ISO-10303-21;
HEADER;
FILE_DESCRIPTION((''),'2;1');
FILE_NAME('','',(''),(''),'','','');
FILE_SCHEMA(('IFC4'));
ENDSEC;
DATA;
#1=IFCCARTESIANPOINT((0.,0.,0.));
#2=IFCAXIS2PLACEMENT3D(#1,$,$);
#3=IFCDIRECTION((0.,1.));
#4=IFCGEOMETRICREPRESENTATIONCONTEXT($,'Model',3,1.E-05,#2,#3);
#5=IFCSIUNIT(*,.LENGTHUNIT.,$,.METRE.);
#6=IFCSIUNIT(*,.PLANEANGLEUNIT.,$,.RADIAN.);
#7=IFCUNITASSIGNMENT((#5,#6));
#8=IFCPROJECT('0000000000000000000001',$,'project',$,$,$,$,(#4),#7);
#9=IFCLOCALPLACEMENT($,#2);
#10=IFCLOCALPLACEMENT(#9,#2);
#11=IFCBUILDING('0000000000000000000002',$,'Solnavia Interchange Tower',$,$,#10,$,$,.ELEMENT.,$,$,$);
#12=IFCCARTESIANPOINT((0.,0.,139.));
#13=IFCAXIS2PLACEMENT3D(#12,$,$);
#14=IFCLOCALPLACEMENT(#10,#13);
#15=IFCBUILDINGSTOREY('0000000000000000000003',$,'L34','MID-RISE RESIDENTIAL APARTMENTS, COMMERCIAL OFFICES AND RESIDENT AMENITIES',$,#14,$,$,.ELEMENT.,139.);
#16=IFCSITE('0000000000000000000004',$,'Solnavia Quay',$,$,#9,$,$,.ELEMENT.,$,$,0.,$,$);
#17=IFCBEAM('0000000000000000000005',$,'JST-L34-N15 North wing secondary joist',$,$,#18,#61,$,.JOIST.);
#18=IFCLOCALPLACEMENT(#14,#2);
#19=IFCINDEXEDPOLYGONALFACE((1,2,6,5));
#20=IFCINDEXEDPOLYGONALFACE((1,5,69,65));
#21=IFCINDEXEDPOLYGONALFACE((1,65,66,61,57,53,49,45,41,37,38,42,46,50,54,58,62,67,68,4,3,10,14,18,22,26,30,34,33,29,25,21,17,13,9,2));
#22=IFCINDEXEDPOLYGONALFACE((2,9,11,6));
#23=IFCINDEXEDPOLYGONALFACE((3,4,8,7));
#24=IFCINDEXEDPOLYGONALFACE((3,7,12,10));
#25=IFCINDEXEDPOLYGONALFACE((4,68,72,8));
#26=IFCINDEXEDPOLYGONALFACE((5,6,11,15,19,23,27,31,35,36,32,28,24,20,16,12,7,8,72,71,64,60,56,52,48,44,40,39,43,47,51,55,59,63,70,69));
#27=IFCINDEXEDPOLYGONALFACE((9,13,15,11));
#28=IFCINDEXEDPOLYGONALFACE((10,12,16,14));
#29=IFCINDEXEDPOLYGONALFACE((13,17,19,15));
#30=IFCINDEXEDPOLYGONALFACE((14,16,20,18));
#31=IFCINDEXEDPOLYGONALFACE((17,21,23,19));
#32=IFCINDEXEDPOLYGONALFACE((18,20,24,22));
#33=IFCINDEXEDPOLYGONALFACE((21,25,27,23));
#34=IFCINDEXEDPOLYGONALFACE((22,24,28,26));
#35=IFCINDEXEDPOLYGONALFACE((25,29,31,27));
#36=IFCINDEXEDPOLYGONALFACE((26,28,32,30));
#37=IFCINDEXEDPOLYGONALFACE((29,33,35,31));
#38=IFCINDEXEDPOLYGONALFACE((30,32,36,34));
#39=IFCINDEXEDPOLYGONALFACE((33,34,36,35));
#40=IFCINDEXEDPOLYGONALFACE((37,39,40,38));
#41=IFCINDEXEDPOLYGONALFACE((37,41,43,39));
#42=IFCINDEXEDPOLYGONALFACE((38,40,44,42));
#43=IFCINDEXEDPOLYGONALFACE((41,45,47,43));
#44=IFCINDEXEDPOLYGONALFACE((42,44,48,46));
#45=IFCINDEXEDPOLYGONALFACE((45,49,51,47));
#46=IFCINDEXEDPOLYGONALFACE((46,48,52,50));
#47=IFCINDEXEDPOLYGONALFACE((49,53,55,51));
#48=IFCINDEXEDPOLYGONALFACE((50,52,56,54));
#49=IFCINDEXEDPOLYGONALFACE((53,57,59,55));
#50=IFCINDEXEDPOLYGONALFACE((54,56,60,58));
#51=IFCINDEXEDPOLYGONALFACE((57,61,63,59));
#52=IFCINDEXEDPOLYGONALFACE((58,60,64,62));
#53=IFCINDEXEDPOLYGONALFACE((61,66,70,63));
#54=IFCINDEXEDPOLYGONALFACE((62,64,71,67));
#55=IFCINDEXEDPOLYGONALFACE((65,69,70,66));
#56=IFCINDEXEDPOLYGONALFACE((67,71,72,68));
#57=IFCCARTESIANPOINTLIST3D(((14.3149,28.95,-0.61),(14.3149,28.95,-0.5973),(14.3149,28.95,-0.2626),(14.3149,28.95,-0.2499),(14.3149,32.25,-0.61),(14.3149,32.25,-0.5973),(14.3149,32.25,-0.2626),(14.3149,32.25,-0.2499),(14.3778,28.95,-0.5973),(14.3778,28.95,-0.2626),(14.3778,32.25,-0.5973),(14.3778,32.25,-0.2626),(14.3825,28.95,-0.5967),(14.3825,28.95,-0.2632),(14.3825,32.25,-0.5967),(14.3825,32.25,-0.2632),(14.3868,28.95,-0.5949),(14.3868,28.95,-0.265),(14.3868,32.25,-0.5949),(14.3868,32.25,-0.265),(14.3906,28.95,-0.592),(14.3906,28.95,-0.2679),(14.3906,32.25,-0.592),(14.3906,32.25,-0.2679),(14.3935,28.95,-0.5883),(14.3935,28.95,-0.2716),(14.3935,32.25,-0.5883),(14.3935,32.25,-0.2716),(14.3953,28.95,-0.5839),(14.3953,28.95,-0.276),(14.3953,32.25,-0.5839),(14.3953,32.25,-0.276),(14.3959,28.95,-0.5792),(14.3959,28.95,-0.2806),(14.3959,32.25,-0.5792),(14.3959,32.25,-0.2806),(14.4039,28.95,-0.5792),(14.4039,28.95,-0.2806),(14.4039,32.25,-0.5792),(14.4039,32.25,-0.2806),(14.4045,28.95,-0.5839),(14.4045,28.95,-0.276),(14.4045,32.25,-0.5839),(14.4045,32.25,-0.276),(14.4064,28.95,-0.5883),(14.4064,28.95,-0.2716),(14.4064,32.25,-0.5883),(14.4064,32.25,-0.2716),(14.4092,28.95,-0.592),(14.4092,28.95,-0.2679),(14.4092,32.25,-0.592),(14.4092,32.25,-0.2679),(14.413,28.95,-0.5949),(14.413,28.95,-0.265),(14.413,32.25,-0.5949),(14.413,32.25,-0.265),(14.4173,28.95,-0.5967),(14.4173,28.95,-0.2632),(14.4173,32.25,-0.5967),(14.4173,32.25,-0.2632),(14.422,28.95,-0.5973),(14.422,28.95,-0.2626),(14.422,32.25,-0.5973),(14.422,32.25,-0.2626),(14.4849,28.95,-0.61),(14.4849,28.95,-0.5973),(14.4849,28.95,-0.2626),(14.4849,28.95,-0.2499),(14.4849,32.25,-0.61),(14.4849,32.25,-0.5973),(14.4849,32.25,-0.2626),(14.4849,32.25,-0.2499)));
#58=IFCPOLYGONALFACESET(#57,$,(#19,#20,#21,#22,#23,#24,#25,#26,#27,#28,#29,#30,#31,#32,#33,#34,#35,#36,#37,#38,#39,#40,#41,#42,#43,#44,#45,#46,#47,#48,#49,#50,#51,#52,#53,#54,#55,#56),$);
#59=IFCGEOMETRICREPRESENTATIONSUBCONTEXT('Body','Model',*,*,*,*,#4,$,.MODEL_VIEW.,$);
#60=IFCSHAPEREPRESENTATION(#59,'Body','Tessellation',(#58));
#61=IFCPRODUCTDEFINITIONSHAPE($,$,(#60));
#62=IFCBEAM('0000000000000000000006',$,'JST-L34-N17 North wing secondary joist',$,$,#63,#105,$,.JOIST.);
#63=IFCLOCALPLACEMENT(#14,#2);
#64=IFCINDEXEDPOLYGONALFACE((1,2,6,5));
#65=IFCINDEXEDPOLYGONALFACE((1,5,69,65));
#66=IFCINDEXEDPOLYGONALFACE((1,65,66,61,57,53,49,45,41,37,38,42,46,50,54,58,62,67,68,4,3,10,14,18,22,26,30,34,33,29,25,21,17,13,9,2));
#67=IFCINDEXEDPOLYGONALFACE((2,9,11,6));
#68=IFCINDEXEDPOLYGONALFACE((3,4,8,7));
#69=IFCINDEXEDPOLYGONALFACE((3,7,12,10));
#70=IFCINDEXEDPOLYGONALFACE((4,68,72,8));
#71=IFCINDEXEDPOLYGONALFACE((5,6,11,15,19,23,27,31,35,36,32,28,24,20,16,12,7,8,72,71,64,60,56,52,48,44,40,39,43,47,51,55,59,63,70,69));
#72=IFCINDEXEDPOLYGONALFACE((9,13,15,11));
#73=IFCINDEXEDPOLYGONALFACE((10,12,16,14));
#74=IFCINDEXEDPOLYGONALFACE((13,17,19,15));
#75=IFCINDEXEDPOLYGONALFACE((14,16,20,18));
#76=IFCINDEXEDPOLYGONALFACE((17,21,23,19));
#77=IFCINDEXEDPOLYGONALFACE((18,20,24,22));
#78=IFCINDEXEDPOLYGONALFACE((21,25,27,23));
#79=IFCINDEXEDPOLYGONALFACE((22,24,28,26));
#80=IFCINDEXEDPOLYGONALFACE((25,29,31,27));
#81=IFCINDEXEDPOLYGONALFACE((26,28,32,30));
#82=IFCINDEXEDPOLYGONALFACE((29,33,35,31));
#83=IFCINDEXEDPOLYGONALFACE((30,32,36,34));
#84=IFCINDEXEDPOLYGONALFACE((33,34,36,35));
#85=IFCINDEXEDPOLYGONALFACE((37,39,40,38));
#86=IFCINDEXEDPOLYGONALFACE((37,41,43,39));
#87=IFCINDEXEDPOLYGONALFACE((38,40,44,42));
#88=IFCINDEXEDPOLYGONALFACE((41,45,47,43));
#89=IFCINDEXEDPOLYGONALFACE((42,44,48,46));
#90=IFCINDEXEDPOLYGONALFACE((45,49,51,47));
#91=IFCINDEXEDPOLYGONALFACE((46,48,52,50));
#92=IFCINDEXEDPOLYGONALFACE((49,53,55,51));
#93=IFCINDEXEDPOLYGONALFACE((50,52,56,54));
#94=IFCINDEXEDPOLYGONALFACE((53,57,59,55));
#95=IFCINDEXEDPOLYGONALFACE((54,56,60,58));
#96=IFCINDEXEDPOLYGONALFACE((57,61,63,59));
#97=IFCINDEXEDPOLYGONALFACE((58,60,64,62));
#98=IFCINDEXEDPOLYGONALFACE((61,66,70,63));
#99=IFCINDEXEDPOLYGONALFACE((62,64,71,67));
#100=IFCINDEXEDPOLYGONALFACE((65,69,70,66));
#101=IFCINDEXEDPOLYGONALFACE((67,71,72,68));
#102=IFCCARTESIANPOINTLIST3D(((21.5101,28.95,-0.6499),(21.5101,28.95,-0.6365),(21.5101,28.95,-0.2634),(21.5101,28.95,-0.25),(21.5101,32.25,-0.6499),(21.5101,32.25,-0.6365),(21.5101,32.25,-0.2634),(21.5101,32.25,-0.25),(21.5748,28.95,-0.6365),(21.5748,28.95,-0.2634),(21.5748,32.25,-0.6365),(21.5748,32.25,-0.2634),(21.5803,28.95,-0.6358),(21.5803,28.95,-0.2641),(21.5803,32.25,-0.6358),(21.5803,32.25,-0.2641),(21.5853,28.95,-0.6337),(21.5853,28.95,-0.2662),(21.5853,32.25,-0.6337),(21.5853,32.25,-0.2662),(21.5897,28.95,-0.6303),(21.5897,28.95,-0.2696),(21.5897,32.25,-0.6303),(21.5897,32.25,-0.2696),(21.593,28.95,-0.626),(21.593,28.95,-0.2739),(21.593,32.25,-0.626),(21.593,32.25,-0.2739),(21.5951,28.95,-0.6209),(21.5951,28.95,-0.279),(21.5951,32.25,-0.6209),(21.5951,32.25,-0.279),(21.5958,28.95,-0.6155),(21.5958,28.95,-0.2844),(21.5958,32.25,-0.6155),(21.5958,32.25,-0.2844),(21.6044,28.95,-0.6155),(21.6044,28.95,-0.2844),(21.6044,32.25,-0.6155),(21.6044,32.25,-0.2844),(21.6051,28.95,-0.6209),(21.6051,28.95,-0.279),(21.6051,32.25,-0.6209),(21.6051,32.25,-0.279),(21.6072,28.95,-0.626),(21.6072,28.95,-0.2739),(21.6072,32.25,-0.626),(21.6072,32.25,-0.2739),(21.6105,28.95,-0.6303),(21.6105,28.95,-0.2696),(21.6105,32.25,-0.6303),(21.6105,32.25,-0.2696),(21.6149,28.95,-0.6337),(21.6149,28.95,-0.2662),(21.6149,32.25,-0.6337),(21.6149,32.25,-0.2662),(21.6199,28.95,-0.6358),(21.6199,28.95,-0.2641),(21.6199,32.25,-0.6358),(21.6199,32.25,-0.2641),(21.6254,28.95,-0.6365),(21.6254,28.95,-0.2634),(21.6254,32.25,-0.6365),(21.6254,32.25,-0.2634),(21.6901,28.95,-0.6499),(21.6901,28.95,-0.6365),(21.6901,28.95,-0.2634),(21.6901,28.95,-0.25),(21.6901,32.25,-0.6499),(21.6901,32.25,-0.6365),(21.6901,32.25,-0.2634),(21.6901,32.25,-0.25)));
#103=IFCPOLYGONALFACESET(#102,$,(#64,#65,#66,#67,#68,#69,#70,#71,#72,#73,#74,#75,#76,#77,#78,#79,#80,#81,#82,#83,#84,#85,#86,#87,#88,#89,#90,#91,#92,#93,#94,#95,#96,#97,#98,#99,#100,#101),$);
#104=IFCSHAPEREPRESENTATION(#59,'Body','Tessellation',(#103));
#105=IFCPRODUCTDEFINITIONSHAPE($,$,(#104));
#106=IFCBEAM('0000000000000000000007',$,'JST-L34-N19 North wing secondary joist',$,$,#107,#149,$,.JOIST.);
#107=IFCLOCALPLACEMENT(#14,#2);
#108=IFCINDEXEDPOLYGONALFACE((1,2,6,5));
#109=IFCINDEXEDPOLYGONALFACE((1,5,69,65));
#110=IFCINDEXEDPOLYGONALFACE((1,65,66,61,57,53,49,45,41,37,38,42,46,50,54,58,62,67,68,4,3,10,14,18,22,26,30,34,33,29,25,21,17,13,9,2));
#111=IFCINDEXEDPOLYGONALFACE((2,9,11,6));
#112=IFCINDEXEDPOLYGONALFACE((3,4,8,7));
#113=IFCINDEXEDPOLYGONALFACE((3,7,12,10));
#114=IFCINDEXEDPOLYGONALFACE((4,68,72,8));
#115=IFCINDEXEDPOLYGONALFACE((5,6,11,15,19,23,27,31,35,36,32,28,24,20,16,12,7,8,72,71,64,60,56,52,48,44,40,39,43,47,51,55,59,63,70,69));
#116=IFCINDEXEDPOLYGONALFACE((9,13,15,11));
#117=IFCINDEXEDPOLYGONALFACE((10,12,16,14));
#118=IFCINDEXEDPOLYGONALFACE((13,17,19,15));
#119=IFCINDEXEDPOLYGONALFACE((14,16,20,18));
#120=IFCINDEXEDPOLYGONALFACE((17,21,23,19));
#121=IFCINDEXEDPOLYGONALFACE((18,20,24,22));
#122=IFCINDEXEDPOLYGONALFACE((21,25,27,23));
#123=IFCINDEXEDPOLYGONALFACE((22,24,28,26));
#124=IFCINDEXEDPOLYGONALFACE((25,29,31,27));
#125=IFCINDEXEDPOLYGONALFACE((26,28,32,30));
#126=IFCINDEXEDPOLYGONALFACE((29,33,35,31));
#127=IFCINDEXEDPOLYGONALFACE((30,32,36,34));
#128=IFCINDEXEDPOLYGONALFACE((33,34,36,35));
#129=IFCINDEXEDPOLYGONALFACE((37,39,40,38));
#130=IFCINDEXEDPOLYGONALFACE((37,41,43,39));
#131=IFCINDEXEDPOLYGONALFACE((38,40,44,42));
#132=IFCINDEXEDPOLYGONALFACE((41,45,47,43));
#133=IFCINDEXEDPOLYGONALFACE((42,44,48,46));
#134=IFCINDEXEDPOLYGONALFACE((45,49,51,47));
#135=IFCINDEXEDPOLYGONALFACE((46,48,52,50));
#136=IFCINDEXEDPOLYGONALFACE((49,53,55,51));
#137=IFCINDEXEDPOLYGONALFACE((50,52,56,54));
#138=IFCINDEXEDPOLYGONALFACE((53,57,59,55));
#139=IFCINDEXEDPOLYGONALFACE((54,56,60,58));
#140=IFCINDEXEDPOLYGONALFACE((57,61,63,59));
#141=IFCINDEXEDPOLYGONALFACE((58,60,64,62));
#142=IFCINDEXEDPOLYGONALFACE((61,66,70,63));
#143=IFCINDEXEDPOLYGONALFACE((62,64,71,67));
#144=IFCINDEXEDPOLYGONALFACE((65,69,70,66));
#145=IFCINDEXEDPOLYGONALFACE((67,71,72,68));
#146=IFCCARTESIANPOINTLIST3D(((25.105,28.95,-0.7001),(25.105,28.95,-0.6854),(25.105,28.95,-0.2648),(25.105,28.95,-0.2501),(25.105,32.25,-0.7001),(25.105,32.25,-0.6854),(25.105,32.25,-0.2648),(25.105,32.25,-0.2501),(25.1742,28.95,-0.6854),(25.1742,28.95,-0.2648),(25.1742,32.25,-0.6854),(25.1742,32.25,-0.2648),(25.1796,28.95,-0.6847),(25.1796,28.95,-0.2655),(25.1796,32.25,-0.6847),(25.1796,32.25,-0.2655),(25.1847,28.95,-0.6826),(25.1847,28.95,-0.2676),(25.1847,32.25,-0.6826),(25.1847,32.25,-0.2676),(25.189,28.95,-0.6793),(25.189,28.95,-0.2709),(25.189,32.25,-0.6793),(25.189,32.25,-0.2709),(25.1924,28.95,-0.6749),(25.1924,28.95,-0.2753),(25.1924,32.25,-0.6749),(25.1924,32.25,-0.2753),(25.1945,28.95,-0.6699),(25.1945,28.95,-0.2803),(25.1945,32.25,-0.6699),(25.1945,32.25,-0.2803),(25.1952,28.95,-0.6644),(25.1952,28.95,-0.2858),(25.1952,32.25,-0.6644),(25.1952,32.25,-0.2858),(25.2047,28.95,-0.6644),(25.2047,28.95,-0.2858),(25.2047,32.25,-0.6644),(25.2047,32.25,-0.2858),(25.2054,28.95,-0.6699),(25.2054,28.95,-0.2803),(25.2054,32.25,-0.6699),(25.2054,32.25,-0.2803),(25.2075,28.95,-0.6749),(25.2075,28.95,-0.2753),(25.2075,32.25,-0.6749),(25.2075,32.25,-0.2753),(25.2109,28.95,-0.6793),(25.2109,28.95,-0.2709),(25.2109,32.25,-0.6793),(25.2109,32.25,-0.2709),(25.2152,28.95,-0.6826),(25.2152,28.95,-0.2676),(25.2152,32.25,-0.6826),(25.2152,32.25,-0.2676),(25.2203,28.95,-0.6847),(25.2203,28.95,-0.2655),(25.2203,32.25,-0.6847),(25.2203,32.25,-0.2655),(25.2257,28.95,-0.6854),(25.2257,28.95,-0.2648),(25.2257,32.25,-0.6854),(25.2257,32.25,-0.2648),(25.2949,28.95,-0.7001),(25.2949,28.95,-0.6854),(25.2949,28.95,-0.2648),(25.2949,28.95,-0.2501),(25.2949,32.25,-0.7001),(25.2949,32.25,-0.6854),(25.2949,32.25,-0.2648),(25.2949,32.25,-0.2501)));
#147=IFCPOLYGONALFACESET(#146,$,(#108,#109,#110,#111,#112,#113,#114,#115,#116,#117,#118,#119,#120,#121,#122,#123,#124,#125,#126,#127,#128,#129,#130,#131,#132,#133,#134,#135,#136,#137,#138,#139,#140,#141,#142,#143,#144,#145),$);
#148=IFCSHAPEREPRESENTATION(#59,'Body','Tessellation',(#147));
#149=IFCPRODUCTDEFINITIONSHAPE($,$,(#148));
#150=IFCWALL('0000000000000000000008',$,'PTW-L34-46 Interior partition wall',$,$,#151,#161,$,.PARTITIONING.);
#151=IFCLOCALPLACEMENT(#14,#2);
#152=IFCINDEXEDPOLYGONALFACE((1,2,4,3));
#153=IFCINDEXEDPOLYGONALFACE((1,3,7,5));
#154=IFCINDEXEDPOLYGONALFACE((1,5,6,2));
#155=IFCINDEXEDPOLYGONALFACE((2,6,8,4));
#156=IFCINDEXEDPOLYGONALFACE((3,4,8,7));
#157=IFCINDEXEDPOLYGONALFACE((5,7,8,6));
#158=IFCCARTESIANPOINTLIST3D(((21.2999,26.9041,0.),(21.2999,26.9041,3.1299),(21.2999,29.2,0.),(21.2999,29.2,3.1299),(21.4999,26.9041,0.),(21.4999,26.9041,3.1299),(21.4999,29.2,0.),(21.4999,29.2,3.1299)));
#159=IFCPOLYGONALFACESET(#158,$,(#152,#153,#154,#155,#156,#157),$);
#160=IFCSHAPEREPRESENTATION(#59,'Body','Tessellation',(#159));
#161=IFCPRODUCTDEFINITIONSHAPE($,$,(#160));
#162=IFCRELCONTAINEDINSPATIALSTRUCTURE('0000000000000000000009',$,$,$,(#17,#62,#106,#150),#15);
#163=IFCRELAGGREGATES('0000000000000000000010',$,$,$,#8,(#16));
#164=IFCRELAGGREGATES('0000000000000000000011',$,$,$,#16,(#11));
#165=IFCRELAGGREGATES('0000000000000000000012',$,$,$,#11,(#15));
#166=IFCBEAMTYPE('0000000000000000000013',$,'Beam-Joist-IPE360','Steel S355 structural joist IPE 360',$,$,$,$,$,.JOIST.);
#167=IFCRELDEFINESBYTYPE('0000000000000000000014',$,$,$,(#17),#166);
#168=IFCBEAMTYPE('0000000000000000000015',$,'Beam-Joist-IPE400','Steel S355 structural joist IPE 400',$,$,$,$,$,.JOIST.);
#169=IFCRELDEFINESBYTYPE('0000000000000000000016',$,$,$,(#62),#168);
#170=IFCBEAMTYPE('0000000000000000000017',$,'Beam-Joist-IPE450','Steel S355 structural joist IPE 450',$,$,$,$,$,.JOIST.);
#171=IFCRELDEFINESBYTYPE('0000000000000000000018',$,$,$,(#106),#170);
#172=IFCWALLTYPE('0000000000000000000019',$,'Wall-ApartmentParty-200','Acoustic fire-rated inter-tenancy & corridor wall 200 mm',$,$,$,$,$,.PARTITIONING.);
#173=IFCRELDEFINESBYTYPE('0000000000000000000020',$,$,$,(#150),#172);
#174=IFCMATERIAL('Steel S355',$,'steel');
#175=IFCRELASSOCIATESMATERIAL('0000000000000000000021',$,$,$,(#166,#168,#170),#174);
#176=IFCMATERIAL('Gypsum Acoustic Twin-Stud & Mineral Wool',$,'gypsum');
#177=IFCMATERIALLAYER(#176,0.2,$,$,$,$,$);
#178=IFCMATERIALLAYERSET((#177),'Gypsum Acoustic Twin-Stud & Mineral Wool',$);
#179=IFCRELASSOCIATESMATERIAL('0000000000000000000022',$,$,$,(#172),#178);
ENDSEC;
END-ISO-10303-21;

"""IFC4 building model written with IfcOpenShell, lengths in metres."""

from ifc_helpers import new_model, si_unit, direction, frame, frame_2d, origin, origin_2d, place, context, subcontext, project, spatial, rectangle, i_section, extrude, material, layer, layer_set, material_profile, profile_set, type_object, element, save


model = new_model("IFC4")

# Units and contexts
model_context = context("Model", 3, precision=1e-05, world=origin(), true_north=direction((0.0, 1.0)))
body_context = subcontext(model_context, "Body", "Model", "MODEL_VIEW")
ifc_project = project(units=[si_unit("LENGTHUNIT", "METRE"), si_unit("PLANEANGLEUNIT", "RADIAN")], contexts=[model_context])

# Site, building, storey
site_placement = place(None, origin())
site = spatial("IfcSite", under=ifc_project, at=site_placement, Name="Solnavia Quay", CompositionType="ELEMENT", RefElevation=0.0)
building_placement = place(site_placement, origin())
building = spatial("IfcBuilding", under=site, at=building_placement, Name="Solnavia Interchange Tower", CompositionType="ELEMENT")
storey_placement = place(building_placement, frame((0.0, 0.0, 139.0)))
storey = spatial("IfcBuildingStorey", under=building, at=storey_placement, Name="L34", Description="MID-RISE RESIDENTIAL APARTMENTS, COMMERCIAL OFFICES AND RESIDENT AMENITIES", CompositionType="ELEMENT", Elevation=139.0)

# Shared definitions
ifc_material_1 = material(Name="Steel S355", Category="steel")

# Beams
ifc_material_profile_1 = material_profile(ifc_material_1, i_section(OverallWidth=0.1699, OverallDepth=0.3601, WebThickness=0.0081, FlangeThickness=0.0127, FilletRadius=0.0181, at=origin_2d()), Name="IPE 360")
ifc_profile_set_1 = profile_set([ifc_material_profile_1], Name="Steel S355")
beam_type_1 = type_object("IfcBeamType", Name="Beam-Joist-IPE360", Description="Steel S355 structural joist IPE 360", PredefinedType="JOIST", material=ifc_profile_set_1)
beam_1_placement = place(storey_placement, frame((14.3999, 28.95, -0.4299), z_axis=(0.0, 1.0, 0.0), x_axis=(-1.0, 0.0, 0.0)))
element("IfcBeam", 1, at=beam_1_placement, inside=storey, type_object=beam_type_1, Name="JST-L34-N15 North wing secondary joist", PredefinedType="JOIST", context=body_context, shape_type="SweptSolid", body=[
    extrude(i_section(OverallWidth=0.1699, OverallDepth=0.3601, WebThickness=0.0081, FlangeThickness=0.0127, FilletRadius=0.0181, at=origin_2d()), origin(), (0.0, 0.0, 1.0), 3.3),
])
ifc_material_profile_2 = material_profile(ifc_material_1, i_section(OverallWidth=0.1799, OverallDepth=0.3999, WebThickness=0.0085, FlangeThickness=0.0134, FilletRadius=0.021, at=origin_2d()), Name="IPE 400")
ifc_profile_set_2 = profile_set([ifc_material_profile_2], Name="Steel S355")
beam_type_2 = type_object("IfcBeamType", Name="Beam-Joist-IPE400", Description="Steel S355 structural joist IPE 400", PredefinedType="JOIST", material=ifc_profile_set_2)
beam_2_placement = place(storey_placement, frame((21.6001, 28.95, -0.45), z_axis=(0.0, 1.0, 0.0), x_axis=(-1.0, 0.0, 0.0)))
element("IfcBeam", 2, at=beam_2_placement, inside=storey, type_object=beam_type_2, Name="JST-L34-N17 North wing secondary joist", PredefinedType="JOIST", context=body_context, shape_type="SweptSolid", body=[
    extrude(i_section(OverallWidth=0.1799, OverallDepth=0.3999, WebThickness=0.0085, FlangeThickness=0.0134, FilletRadius=0.021, at=origin_2d()), origin(), (0.0, 0.0, 1.0), 3.3),
])
ifc_material_profile_3 = material_profile(ifc_material_1, i_section(OverallWidth=0.1899, OverallDepth=0.45, WebThickness=0.0095, FlangeThickness=0.0146, FilletRadius=0.021, at=origin_2d()), Name="IPE 450")
ifc_profile_set_3 = profile_set([ifc_material_profile_3], Name="Steel S355")
beam_type_3 = type_object("IfcBeamType", Name="Beam-Joist-IPE450", Description="Steel S355 structural joist IPE 450", PredefinedType="JOIST", material=ifc_profile_set_3)
beam_3_placement = place(storey_placement, frame((25.2, 28.95, -0.4751), z_axis=(0.0, 1.0, 0.0), x_axis=(-1.0, 0.0, 0.0)))
element("IfcBeam", 3, at=beam_3_placement, inside=storey, type_object=beam_type_3, Name="JST-L34-N19 North wing secondary joist", PredefinedType="JOIST", context=body_context, shape_type="SweptSolid", body=[
    extrude(i_section(OverallWidth=0.1899, OverallDepth=0.45, WebThickness=0.0095, FlangeThickness=0.0146, FilletRadius=0.021, at=origin_2d()), origin(), (0.0, 0.0, 1.0), 3.3),
])

# Wall
ifc_material_2 = material(Name="Gypsum Acoustic Twin-Stud & Mineral Wool", Category="gypsum")
ifc_layer_1 = layer(ifc_material_2, 0.2)
ifc_layer_set_1 = layer_set([ifc_layer_1], Name="Gypsum Acoustic Twin-Stud & Mineral Wool")
wall_type_1 = type_object("IfcWallType", Name="Wall-ApartmentParty-200", Description="Acoustic fire-rated inter-tenancy & corridor wall 200 mm", PredefinedType="PARTITIONING", material=ifc_layer_set_1)
wall_1_placement = place(storey_placement, frame((21.3999, 26.9041, 0.0), z_axis=(0.0, 0.0, 1.0), x_axis=(0.0, 1.0, 0.0)))
element("IfcWall", 4, at=wall_1_placement, inside=storey, type_object=wall_type_1, Name="PTW-L34-46 Interior partition wall", PredefinedType="PARTITIONING", context=body_context, shape_type="SweptSolid", body=[
    extrude(rectangle(XDim=2.2959, YDim=0.2, at=frame_2d((1.1479, 0.0))), origin(), (0.0, 0.0, 1.0), 3.1299),
])

save(model, "model.ifc")
